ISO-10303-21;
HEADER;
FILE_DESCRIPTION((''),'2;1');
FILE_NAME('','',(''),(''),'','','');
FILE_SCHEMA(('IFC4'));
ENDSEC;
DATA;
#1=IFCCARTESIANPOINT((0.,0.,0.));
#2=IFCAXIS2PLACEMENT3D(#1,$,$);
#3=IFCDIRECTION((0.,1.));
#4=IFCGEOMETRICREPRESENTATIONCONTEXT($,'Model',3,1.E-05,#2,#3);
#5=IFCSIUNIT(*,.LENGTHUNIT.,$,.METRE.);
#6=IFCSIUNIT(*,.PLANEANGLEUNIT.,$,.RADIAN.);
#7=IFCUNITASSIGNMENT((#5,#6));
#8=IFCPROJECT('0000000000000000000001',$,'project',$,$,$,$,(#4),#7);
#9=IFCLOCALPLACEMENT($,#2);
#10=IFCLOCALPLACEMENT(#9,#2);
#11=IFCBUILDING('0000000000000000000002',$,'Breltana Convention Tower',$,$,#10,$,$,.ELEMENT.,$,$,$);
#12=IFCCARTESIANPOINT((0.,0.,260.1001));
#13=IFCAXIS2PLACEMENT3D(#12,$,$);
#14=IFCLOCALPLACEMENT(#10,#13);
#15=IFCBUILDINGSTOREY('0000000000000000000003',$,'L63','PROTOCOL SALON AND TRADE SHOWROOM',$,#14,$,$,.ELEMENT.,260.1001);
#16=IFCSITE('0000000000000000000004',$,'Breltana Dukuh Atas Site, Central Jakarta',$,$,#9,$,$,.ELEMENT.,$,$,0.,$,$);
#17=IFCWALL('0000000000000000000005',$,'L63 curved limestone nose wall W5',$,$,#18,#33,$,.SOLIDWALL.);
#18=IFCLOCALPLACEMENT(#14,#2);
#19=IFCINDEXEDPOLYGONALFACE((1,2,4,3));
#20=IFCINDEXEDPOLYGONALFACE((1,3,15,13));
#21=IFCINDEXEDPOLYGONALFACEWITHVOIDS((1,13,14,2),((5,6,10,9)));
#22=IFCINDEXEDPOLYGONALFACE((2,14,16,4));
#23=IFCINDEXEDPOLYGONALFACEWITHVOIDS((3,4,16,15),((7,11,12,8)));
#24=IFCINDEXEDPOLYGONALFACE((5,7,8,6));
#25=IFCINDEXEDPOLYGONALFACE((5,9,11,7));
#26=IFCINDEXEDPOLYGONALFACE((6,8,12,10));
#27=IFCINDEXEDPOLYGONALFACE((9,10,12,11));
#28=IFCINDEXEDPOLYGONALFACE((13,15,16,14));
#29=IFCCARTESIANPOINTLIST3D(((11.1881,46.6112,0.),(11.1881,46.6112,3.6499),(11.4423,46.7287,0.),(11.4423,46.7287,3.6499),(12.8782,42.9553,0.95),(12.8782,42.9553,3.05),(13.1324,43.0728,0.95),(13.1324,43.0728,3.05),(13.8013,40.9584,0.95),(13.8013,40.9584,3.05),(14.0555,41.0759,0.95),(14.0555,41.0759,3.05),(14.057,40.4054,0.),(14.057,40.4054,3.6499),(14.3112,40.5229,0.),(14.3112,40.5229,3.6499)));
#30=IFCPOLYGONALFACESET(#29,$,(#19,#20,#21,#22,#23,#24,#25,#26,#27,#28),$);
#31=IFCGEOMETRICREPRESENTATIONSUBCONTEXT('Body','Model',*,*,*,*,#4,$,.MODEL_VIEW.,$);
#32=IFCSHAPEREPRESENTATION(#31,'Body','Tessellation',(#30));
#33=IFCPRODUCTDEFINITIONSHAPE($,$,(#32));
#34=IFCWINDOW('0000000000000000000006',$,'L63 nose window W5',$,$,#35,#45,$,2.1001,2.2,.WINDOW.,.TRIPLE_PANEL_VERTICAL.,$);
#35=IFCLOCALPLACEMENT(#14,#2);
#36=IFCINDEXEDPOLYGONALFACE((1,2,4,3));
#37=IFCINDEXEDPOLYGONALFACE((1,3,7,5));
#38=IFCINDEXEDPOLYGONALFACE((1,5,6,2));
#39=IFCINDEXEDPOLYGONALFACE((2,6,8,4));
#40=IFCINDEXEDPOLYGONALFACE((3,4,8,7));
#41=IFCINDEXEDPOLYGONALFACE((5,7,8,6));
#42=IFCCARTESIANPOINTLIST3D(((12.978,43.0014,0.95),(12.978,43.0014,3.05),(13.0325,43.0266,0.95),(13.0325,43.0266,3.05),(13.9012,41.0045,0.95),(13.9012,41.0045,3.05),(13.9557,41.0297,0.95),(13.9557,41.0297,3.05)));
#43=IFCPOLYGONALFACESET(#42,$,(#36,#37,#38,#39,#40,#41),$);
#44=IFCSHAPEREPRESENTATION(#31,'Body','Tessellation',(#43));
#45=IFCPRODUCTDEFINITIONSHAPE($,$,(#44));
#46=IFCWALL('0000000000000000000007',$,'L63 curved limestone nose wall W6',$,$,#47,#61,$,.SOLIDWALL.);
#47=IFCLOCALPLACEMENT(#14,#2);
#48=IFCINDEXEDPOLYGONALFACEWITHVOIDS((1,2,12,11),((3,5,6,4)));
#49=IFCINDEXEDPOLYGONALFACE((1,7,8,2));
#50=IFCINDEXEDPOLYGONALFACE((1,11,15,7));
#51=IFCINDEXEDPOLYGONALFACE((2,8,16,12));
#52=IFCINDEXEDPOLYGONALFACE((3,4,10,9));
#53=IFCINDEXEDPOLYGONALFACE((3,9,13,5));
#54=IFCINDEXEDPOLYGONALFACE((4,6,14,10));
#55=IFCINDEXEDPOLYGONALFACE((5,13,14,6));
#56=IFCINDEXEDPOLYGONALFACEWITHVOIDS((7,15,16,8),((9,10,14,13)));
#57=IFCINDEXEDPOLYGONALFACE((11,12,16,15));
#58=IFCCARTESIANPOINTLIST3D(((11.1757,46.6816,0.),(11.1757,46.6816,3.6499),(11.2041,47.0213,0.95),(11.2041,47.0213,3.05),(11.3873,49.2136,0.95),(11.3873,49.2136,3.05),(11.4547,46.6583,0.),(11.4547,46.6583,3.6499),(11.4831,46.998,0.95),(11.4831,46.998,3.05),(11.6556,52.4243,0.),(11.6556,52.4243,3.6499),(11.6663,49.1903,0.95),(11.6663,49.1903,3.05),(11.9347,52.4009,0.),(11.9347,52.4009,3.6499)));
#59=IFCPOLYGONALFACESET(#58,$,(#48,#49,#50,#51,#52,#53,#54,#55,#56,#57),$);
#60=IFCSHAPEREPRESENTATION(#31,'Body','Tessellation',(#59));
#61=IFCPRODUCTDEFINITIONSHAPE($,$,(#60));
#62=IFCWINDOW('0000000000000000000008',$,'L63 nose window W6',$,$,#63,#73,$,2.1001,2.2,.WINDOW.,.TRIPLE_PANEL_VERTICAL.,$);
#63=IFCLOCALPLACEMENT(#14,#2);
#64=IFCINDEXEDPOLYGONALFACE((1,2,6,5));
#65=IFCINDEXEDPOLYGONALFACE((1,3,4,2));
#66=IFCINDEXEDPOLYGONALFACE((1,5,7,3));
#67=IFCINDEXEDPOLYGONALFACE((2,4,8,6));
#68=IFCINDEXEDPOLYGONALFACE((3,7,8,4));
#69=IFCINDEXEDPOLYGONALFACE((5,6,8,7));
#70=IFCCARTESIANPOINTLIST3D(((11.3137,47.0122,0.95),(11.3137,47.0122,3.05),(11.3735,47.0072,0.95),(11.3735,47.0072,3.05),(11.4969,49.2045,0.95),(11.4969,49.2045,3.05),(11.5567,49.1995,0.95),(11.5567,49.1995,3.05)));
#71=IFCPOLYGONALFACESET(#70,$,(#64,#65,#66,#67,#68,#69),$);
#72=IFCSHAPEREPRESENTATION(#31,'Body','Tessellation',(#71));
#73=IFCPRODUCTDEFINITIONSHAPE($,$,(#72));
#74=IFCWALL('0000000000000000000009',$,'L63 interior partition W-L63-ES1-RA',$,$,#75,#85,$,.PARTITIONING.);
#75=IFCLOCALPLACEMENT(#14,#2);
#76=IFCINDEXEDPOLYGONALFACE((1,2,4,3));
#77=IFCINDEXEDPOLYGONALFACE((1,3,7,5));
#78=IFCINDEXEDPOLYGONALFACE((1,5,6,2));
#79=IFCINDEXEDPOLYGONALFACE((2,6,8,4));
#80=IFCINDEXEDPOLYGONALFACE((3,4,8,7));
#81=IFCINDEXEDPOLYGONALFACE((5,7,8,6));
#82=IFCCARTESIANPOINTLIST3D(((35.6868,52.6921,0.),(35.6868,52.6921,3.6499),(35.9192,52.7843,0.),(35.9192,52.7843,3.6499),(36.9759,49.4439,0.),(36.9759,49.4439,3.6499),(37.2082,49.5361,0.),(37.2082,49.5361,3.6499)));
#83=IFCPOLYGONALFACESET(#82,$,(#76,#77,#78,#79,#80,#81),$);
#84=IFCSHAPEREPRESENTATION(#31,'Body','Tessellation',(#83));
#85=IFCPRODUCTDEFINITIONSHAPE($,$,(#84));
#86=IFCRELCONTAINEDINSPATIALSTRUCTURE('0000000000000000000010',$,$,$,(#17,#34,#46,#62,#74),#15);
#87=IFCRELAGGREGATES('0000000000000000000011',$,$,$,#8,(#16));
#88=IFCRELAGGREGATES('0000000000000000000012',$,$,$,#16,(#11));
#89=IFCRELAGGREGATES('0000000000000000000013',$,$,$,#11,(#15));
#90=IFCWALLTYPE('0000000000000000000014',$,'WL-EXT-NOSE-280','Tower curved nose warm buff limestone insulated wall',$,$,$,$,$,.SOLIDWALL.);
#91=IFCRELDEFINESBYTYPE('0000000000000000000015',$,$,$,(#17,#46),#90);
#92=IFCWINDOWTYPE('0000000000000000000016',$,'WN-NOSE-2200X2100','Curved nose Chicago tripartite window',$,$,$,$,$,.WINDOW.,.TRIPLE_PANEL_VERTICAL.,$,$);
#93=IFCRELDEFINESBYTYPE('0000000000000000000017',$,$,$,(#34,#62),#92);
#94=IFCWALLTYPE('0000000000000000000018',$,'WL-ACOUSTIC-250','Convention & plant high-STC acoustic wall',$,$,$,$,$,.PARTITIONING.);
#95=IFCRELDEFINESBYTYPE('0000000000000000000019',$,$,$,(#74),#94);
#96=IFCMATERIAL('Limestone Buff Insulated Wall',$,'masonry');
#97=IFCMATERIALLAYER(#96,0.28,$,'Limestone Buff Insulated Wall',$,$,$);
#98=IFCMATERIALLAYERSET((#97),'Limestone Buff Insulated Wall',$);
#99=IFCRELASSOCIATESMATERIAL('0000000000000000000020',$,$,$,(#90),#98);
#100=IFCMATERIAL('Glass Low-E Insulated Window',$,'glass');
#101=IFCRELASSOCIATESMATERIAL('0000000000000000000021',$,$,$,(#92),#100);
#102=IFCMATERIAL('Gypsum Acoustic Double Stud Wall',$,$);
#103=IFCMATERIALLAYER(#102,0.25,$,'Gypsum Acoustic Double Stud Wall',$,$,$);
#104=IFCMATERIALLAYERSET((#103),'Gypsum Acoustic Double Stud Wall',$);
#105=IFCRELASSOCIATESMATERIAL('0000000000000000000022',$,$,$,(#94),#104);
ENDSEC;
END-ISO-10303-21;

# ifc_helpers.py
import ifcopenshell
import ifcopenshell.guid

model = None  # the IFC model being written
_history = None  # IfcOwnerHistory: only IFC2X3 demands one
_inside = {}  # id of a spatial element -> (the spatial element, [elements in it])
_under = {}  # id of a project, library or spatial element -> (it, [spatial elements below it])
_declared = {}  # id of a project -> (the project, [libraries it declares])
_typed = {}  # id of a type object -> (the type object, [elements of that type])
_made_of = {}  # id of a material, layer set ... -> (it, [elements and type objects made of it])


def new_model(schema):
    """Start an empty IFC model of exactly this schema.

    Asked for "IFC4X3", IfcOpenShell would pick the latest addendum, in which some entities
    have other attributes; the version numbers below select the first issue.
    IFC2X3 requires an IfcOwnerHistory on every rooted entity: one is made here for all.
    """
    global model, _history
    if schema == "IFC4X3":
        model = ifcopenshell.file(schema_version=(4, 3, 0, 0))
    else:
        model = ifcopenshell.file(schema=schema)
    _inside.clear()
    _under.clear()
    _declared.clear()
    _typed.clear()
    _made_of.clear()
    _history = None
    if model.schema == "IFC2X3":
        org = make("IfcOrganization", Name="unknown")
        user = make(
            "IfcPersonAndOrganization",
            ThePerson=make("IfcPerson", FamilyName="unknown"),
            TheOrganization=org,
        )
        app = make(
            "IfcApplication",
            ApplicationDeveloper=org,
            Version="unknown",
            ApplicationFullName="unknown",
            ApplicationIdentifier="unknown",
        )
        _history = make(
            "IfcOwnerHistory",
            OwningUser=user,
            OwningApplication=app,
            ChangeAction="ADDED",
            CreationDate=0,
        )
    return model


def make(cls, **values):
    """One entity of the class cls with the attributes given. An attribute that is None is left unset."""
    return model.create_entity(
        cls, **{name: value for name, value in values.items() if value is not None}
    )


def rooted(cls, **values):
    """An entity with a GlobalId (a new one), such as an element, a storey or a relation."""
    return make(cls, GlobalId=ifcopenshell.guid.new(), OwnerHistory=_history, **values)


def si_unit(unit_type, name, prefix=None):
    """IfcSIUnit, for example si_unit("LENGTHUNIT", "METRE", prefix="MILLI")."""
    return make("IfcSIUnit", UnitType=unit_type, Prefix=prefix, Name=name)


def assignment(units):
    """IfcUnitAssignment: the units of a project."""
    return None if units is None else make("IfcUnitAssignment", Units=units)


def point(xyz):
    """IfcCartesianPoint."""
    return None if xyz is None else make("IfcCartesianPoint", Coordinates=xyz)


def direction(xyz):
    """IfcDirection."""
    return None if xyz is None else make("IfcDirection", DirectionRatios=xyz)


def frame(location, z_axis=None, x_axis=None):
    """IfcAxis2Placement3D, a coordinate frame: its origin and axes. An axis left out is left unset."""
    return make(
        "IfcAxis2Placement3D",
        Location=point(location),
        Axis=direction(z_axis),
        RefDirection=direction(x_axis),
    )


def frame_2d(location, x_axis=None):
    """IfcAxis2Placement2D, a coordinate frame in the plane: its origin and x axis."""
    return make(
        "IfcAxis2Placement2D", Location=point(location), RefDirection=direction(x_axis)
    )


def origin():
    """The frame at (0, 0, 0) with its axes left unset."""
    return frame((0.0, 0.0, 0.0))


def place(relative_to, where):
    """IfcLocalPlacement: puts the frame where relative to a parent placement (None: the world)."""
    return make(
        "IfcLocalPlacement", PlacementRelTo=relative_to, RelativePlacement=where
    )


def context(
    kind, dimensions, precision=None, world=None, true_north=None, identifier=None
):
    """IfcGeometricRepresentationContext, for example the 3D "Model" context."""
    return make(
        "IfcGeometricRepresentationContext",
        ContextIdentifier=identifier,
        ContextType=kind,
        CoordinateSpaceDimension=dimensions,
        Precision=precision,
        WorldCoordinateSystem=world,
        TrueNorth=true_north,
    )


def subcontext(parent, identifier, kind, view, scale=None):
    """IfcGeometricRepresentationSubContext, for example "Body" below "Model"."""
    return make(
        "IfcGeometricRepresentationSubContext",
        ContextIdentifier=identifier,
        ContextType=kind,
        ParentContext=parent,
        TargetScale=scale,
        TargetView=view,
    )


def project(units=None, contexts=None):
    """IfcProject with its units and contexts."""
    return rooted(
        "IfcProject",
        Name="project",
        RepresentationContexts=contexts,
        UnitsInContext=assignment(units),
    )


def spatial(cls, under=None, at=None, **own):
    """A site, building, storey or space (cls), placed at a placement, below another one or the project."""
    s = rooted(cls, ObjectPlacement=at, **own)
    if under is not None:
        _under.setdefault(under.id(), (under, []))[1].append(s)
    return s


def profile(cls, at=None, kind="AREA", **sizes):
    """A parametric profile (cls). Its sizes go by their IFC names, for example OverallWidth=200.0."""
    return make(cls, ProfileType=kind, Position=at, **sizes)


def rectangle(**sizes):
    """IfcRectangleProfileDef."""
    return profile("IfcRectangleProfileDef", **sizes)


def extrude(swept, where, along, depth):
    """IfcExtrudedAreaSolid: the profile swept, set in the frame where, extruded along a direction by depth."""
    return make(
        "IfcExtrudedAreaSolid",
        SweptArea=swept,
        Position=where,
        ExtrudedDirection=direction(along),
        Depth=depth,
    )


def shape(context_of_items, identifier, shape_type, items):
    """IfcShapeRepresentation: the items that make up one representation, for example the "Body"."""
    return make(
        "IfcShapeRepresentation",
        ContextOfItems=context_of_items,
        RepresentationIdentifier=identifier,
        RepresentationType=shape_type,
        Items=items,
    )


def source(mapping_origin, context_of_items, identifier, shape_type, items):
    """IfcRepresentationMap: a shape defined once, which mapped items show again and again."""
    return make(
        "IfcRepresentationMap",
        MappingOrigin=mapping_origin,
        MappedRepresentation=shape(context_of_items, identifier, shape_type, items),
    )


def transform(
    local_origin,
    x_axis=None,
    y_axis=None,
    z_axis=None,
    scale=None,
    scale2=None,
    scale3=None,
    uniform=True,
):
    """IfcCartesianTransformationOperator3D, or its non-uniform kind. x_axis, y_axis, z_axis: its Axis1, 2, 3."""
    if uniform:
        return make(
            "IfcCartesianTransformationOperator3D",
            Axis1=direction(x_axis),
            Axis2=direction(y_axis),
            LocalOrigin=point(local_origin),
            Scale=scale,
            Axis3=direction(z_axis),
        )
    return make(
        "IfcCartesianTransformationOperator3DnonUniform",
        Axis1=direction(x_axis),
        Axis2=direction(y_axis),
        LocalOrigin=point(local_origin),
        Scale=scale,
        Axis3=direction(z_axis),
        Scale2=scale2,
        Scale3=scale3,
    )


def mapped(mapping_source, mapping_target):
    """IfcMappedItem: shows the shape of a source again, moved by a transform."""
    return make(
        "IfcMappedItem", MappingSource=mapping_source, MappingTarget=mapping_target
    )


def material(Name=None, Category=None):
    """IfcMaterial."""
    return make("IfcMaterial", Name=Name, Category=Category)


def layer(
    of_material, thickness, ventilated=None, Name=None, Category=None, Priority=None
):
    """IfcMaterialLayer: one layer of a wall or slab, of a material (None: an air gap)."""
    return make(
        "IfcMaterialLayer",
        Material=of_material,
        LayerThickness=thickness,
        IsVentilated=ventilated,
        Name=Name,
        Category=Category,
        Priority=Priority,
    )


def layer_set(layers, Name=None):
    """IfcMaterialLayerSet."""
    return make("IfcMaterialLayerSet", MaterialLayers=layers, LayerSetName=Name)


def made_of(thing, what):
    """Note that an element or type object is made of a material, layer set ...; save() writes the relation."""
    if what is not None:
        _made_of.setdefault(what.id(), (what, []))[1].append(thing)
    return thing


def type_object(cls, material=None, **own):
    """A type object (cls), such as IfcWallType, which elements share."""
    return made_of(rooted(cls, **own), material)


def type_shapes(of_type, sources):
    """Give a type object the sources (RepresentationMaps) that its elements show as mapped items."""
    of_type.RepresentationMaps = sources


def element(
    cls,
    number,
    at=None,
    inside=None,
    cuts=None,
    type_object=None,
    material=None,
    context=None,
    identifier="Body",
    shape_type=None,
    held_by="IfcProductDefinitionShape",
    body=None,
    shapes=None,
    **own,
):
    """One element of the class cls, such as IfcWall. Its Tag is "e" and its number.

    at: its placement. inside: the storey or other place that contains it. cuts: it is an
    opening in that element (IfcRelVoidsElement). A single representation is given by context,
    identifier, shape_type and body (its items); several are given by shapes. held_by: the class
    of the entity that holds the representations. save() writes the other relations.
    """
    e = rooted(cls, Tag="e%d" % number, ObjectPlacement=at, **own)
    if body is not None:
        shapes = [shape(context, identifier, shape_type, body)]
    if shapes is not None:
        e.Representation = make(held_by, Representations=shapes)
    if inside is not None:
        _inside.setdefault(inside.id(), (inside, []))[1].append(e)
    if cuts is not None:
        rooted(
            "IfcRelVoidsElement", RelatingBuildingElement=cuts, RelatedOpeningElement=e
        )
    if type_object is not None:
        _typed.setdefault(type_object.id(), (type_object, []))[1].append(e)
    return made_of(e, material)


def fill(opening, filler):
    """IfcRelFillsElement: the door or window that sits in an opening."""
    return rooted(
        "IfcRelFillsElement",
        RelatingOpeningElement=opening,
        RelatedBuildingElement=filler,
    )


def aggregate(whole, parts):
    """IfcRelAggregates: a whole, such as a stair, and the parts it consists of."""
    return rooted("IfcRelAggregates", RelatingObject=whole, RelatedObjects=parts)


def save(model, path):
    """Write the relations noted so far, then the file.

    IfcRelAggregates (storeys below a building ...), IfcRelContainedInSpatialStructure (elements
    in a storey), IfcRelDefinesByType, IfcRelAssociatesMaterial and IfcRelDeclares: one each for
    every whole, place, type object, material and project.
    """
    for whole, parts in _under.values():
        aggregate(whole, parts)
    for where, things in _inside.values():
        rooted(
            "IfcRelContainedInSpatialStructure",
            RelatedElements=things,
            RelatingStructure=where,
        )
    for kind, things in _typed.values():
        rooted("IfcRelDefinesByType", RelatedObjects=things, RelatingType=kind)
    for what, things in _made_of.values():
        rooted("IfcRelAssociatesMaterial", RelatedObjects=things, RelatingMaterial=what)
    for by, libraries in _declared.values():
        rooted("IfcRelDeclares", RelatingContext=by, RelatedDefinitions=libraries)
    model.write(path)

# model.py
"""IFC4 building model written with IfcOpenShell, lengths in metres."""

from ifc_helpers import new_model, si_unit, direction, frame, frame_2d, origin, place, context, subcontext, project, spatial, rectangle, extrude, source, transform, mapped, material, layer, layer_set, type_object, type_shapes, element, fill, save


model = new_model("IFC4")

# Units and contexts
model_context = context("Model", 3, precision=1e-05, world=origin(), true_north=direction((0.0, 1.0)))
body_context = subcontext(model_context, "Body", "Model", "MODEL_VIEW")
ifc_project = project(units=[si_unit("LENGTHUNIT", "METRE"), si_unit("PLANEANGLEUNIT", "RADIAN")], contexts=[model_context])

# Site, building, storey
site_placement = place(None, origin())
site = spatial("IfcSite", under=ifc_project, at=site_placement, Name="Breltana Dukuh Atas Site, Central Jakarta", CompositionType="ELEMENT", RefElevation=0.0)
building_placement = place(site_placement, origin())
building = spatial("IfcBuilding", under=site, at=building_placement, Name="Breltana Convention Tower", CompositionType="ELEMENT")
storey_placement = place(building_placement, frame((0.0, 0.0, 260.1001)))
storey = spatial("IfcBuildingStorey", under=building, at=storey_placement, Name="L63", Description="PROTOCOL SALON AND TRADE SHOWROOM", CompositionType="ELEMENT", Elevation=260.1001)

# Shared definitions
ifc_material_1 = material(Name="Limestone Buff Insulated Wall", Category="masonry")
ifc_layer_1 = layer(ifc_material_1, 0.28, Name="Limestone Buff Insulated Wall")
ifc_layer_set_1 = layer_set([ifc_layer_1], Name="Limestone Buff Insulated Wall")
wall_type_1 = type_object("IfcWallType", Name="WL-EXT-NOSE-280", Description="Tower curved nose warm buff limestone insulated wall", PredefinedType="SOLIDWALL", material=ifc_layer_set_1)

# Walls, openings, windows
ifc_material_2 = material(Name="Glass Low-E Insulated Window", Category="glass")
window_type = type_object("IfcWindowType", Name="WN-NOSE-2200X2100", Description="Curved nose Chicago tripartite window", PartitioningType="TRIPLE_PANEL_VERTICAL", PredefinedType="WINDOW", material=ifc_material_2)
shared_shape_1 = source(origin(), body_context, "Body", "SweptSolid", [
    extrude(rectangle(XDim=2.2, YDim=2.1001, at=frame_2d((1.1001, 1.05))), frame((0.0, 0.03, 0.0), z_axis=(0.0, -1.0, 0.0), x_axis=(1.0, 0.0, 0.0)), (0.0, 0.0, 1.0), 0.0601),
])
type_shapes(window_type, [shared_shape_1])
shared_shape_2 = source(origin(), body_context, "Body", "SweptSolid", [
    extrude(rectangle(XDim=6.8369, YDim=0.28, at=frame_2d((3.4185, 0.0))), origin(), (0.0, 0.0, 1.0), 3.6499),
])
wall_1_placement = place(storey_placement, frame((14.1841, 40.4641, 0.0), z_axis=(0.0, 0.0, 1.0), x_axis=(-0.419622, 0.907699, 0.0)))
wall_1 = element("IfcWall", 1, at=wall_1_placement, inside=storey, type_object=wall_type_1, Name="L63 curved limestone nose wall W5", PredefinedType="SOLIDWALL", context=body_context, shape_type="MappedRepresentation", body=[
    mapped(shared_shape_2, transform((0.0, 0.0, 0.0), scale=1.0)),
])
opening_1_placement = place(wall_1_placement, frame((0.6091, 0.0, 0.95)))
opening_1 = element("IfcOpeningElement", 2, at=opening_1_placement, cuts=wall_1, PredefinedType="OPENING", context=body_context, shape_type="SweptSolid", body=[
    extrude(rectangle(XDim=2.2, YDim=2.1001, at=frame_2d((1.1001, 1.05))), frame((0.0, 0.1499, 0.0), z_axis=(0.0, -1.0, 0.0), x_axis=(1.0, 0.0, 0.0)), (0.0, 0.0, 1.0), 0.3),
])
window_1_placement = place(opening_1_placement, origin())
window_1 = element("IfcWindow", 3, at=window_1_placement, inside=storey, type_object=window_type, Name="L63 nose window W5", OverallHeight=2.1001, OverallWidth=2.2, PartitioningType="TRIPLE_PANEL_VERTICAL", PredefinedType="WINDOW", context=body_context, shape_type="MappedRepresentation", body=[
    mapped(shared_shape_1, transform((0.0, 0.0, 0.0), scale=1.0)),
])
fill(opening_1, window_1)
shared_shape_3 = source(origin(), body_context, "Body", "SweptSolid", [
    extrude(rectangle(XDim=5.7627, YDim=0.28, at=frame_2d((2.8813, 0.0))), origin(), (0.0, 0.0, 1.0), 3.6499),
])
wall_2_placement = place(storey_placement, frame((11.3152, 46.6699, 0.0), z_axis=(0.0, 0.0, 1.0), x_axis=(0.083291, 0.996525, 0.0)))
wall_2 = element("IfcWall", 4, at=wall_2_placement, inside=storey, type_object=wall_type_1, Name="L63 curved limestone nose wall W6", PredefinedType="SOLIDWALL", context=body_context, shape_type="MappedRepresentation", body=[
    mapped(shared_shape_3, transform((0.0, 0.0, 0.0), scale=1.0)),
])
opening_2_placement = place(wall_2_placement, frame((0.3408, 0.0, 0.95)))
opening_2 = element("IfcOpeningElement", 5, at=opening_2_placement, cuts=wall_2, PredefinedType="OPENING", context=body_context, shape_type="SweptSolid", body=[
    extrude(rectangle(XDim=2.2, YDim=2.1001, at=frame_2d((1.1001, 1.05))), frame((0.0, 0.1499, 0.0), z_axis=(0.0, -1.0, 0.0), x_axis=(1.0, 0.0, 0.0)), (0.0, 0.0, 1.0), 0.3),
])
window_2_placement = place(opening_2_placement, origin())
window_2 = element("IfcWindow", 6, at=window_2_placement, inside=storey, type_object=window_type, Name="L63 nose window W6", OverallHeight=2.1001, OverallWidth=2.2, PartitioningType="TRIPLE_PANEL_VERTICAL", PredefinedType="WINDOW", context=body_context, shape_type="MappedRepresentation", body=[
    mapped(shared_shape_1, transform((0.0, 0.0, 0.0), scale=1.0)),
])
fill(opening_2, window_2)

# Wall
ifc_material_3 = material(Name="Gypsum Acoustic Double Stud Wall")
ifc_layer_2 = layer(ifc_material_3, 0.25, Name="Gypsum Acoustic Double Stud Wall")
ifc_layer_set_2 = layer_set([ifc_layer_2], Name="Gypsum Acoustic Double Stud Wall")
wall_type_2 = type_object("IfcWallType", Name="WL-ACOUSTIC-250", Description="Convention & plant high-STC acoustic wall", PredefinedType="PARTITIONING", material=ifc_layer_set_2)
shared_shape_4 = source(origin(), body_context, "Body", "SweptSolid", [
    extrude(rectangle(XDim=3.4946, YDim=0.25, at=frame_2d((1.7473, 0.0))), origin(), (0.0, 0.0, 1.0), 3.6499),
])
wall_3_placement = place(storey_placement, frame((37.092, 49.49, 0.0), z_axis=(0.0, 0.0, 1.0), x_axis=(-0.36886, 0.929485, 0.0)))
element("IfcWall", 7, at=wall_3_placement, inside=storey, type_object=wall_type_2, Name="L63 interior partition W-L63-ES1-RA", PredefinedType="PARTITIONING", context=body_context, shape_type="MappedRepresentation", body=[
    mapped(shared_shape_4, transform((0.0, 0.0, 0.0), scale=1.0)),
])

save(model, "model.ifc")
